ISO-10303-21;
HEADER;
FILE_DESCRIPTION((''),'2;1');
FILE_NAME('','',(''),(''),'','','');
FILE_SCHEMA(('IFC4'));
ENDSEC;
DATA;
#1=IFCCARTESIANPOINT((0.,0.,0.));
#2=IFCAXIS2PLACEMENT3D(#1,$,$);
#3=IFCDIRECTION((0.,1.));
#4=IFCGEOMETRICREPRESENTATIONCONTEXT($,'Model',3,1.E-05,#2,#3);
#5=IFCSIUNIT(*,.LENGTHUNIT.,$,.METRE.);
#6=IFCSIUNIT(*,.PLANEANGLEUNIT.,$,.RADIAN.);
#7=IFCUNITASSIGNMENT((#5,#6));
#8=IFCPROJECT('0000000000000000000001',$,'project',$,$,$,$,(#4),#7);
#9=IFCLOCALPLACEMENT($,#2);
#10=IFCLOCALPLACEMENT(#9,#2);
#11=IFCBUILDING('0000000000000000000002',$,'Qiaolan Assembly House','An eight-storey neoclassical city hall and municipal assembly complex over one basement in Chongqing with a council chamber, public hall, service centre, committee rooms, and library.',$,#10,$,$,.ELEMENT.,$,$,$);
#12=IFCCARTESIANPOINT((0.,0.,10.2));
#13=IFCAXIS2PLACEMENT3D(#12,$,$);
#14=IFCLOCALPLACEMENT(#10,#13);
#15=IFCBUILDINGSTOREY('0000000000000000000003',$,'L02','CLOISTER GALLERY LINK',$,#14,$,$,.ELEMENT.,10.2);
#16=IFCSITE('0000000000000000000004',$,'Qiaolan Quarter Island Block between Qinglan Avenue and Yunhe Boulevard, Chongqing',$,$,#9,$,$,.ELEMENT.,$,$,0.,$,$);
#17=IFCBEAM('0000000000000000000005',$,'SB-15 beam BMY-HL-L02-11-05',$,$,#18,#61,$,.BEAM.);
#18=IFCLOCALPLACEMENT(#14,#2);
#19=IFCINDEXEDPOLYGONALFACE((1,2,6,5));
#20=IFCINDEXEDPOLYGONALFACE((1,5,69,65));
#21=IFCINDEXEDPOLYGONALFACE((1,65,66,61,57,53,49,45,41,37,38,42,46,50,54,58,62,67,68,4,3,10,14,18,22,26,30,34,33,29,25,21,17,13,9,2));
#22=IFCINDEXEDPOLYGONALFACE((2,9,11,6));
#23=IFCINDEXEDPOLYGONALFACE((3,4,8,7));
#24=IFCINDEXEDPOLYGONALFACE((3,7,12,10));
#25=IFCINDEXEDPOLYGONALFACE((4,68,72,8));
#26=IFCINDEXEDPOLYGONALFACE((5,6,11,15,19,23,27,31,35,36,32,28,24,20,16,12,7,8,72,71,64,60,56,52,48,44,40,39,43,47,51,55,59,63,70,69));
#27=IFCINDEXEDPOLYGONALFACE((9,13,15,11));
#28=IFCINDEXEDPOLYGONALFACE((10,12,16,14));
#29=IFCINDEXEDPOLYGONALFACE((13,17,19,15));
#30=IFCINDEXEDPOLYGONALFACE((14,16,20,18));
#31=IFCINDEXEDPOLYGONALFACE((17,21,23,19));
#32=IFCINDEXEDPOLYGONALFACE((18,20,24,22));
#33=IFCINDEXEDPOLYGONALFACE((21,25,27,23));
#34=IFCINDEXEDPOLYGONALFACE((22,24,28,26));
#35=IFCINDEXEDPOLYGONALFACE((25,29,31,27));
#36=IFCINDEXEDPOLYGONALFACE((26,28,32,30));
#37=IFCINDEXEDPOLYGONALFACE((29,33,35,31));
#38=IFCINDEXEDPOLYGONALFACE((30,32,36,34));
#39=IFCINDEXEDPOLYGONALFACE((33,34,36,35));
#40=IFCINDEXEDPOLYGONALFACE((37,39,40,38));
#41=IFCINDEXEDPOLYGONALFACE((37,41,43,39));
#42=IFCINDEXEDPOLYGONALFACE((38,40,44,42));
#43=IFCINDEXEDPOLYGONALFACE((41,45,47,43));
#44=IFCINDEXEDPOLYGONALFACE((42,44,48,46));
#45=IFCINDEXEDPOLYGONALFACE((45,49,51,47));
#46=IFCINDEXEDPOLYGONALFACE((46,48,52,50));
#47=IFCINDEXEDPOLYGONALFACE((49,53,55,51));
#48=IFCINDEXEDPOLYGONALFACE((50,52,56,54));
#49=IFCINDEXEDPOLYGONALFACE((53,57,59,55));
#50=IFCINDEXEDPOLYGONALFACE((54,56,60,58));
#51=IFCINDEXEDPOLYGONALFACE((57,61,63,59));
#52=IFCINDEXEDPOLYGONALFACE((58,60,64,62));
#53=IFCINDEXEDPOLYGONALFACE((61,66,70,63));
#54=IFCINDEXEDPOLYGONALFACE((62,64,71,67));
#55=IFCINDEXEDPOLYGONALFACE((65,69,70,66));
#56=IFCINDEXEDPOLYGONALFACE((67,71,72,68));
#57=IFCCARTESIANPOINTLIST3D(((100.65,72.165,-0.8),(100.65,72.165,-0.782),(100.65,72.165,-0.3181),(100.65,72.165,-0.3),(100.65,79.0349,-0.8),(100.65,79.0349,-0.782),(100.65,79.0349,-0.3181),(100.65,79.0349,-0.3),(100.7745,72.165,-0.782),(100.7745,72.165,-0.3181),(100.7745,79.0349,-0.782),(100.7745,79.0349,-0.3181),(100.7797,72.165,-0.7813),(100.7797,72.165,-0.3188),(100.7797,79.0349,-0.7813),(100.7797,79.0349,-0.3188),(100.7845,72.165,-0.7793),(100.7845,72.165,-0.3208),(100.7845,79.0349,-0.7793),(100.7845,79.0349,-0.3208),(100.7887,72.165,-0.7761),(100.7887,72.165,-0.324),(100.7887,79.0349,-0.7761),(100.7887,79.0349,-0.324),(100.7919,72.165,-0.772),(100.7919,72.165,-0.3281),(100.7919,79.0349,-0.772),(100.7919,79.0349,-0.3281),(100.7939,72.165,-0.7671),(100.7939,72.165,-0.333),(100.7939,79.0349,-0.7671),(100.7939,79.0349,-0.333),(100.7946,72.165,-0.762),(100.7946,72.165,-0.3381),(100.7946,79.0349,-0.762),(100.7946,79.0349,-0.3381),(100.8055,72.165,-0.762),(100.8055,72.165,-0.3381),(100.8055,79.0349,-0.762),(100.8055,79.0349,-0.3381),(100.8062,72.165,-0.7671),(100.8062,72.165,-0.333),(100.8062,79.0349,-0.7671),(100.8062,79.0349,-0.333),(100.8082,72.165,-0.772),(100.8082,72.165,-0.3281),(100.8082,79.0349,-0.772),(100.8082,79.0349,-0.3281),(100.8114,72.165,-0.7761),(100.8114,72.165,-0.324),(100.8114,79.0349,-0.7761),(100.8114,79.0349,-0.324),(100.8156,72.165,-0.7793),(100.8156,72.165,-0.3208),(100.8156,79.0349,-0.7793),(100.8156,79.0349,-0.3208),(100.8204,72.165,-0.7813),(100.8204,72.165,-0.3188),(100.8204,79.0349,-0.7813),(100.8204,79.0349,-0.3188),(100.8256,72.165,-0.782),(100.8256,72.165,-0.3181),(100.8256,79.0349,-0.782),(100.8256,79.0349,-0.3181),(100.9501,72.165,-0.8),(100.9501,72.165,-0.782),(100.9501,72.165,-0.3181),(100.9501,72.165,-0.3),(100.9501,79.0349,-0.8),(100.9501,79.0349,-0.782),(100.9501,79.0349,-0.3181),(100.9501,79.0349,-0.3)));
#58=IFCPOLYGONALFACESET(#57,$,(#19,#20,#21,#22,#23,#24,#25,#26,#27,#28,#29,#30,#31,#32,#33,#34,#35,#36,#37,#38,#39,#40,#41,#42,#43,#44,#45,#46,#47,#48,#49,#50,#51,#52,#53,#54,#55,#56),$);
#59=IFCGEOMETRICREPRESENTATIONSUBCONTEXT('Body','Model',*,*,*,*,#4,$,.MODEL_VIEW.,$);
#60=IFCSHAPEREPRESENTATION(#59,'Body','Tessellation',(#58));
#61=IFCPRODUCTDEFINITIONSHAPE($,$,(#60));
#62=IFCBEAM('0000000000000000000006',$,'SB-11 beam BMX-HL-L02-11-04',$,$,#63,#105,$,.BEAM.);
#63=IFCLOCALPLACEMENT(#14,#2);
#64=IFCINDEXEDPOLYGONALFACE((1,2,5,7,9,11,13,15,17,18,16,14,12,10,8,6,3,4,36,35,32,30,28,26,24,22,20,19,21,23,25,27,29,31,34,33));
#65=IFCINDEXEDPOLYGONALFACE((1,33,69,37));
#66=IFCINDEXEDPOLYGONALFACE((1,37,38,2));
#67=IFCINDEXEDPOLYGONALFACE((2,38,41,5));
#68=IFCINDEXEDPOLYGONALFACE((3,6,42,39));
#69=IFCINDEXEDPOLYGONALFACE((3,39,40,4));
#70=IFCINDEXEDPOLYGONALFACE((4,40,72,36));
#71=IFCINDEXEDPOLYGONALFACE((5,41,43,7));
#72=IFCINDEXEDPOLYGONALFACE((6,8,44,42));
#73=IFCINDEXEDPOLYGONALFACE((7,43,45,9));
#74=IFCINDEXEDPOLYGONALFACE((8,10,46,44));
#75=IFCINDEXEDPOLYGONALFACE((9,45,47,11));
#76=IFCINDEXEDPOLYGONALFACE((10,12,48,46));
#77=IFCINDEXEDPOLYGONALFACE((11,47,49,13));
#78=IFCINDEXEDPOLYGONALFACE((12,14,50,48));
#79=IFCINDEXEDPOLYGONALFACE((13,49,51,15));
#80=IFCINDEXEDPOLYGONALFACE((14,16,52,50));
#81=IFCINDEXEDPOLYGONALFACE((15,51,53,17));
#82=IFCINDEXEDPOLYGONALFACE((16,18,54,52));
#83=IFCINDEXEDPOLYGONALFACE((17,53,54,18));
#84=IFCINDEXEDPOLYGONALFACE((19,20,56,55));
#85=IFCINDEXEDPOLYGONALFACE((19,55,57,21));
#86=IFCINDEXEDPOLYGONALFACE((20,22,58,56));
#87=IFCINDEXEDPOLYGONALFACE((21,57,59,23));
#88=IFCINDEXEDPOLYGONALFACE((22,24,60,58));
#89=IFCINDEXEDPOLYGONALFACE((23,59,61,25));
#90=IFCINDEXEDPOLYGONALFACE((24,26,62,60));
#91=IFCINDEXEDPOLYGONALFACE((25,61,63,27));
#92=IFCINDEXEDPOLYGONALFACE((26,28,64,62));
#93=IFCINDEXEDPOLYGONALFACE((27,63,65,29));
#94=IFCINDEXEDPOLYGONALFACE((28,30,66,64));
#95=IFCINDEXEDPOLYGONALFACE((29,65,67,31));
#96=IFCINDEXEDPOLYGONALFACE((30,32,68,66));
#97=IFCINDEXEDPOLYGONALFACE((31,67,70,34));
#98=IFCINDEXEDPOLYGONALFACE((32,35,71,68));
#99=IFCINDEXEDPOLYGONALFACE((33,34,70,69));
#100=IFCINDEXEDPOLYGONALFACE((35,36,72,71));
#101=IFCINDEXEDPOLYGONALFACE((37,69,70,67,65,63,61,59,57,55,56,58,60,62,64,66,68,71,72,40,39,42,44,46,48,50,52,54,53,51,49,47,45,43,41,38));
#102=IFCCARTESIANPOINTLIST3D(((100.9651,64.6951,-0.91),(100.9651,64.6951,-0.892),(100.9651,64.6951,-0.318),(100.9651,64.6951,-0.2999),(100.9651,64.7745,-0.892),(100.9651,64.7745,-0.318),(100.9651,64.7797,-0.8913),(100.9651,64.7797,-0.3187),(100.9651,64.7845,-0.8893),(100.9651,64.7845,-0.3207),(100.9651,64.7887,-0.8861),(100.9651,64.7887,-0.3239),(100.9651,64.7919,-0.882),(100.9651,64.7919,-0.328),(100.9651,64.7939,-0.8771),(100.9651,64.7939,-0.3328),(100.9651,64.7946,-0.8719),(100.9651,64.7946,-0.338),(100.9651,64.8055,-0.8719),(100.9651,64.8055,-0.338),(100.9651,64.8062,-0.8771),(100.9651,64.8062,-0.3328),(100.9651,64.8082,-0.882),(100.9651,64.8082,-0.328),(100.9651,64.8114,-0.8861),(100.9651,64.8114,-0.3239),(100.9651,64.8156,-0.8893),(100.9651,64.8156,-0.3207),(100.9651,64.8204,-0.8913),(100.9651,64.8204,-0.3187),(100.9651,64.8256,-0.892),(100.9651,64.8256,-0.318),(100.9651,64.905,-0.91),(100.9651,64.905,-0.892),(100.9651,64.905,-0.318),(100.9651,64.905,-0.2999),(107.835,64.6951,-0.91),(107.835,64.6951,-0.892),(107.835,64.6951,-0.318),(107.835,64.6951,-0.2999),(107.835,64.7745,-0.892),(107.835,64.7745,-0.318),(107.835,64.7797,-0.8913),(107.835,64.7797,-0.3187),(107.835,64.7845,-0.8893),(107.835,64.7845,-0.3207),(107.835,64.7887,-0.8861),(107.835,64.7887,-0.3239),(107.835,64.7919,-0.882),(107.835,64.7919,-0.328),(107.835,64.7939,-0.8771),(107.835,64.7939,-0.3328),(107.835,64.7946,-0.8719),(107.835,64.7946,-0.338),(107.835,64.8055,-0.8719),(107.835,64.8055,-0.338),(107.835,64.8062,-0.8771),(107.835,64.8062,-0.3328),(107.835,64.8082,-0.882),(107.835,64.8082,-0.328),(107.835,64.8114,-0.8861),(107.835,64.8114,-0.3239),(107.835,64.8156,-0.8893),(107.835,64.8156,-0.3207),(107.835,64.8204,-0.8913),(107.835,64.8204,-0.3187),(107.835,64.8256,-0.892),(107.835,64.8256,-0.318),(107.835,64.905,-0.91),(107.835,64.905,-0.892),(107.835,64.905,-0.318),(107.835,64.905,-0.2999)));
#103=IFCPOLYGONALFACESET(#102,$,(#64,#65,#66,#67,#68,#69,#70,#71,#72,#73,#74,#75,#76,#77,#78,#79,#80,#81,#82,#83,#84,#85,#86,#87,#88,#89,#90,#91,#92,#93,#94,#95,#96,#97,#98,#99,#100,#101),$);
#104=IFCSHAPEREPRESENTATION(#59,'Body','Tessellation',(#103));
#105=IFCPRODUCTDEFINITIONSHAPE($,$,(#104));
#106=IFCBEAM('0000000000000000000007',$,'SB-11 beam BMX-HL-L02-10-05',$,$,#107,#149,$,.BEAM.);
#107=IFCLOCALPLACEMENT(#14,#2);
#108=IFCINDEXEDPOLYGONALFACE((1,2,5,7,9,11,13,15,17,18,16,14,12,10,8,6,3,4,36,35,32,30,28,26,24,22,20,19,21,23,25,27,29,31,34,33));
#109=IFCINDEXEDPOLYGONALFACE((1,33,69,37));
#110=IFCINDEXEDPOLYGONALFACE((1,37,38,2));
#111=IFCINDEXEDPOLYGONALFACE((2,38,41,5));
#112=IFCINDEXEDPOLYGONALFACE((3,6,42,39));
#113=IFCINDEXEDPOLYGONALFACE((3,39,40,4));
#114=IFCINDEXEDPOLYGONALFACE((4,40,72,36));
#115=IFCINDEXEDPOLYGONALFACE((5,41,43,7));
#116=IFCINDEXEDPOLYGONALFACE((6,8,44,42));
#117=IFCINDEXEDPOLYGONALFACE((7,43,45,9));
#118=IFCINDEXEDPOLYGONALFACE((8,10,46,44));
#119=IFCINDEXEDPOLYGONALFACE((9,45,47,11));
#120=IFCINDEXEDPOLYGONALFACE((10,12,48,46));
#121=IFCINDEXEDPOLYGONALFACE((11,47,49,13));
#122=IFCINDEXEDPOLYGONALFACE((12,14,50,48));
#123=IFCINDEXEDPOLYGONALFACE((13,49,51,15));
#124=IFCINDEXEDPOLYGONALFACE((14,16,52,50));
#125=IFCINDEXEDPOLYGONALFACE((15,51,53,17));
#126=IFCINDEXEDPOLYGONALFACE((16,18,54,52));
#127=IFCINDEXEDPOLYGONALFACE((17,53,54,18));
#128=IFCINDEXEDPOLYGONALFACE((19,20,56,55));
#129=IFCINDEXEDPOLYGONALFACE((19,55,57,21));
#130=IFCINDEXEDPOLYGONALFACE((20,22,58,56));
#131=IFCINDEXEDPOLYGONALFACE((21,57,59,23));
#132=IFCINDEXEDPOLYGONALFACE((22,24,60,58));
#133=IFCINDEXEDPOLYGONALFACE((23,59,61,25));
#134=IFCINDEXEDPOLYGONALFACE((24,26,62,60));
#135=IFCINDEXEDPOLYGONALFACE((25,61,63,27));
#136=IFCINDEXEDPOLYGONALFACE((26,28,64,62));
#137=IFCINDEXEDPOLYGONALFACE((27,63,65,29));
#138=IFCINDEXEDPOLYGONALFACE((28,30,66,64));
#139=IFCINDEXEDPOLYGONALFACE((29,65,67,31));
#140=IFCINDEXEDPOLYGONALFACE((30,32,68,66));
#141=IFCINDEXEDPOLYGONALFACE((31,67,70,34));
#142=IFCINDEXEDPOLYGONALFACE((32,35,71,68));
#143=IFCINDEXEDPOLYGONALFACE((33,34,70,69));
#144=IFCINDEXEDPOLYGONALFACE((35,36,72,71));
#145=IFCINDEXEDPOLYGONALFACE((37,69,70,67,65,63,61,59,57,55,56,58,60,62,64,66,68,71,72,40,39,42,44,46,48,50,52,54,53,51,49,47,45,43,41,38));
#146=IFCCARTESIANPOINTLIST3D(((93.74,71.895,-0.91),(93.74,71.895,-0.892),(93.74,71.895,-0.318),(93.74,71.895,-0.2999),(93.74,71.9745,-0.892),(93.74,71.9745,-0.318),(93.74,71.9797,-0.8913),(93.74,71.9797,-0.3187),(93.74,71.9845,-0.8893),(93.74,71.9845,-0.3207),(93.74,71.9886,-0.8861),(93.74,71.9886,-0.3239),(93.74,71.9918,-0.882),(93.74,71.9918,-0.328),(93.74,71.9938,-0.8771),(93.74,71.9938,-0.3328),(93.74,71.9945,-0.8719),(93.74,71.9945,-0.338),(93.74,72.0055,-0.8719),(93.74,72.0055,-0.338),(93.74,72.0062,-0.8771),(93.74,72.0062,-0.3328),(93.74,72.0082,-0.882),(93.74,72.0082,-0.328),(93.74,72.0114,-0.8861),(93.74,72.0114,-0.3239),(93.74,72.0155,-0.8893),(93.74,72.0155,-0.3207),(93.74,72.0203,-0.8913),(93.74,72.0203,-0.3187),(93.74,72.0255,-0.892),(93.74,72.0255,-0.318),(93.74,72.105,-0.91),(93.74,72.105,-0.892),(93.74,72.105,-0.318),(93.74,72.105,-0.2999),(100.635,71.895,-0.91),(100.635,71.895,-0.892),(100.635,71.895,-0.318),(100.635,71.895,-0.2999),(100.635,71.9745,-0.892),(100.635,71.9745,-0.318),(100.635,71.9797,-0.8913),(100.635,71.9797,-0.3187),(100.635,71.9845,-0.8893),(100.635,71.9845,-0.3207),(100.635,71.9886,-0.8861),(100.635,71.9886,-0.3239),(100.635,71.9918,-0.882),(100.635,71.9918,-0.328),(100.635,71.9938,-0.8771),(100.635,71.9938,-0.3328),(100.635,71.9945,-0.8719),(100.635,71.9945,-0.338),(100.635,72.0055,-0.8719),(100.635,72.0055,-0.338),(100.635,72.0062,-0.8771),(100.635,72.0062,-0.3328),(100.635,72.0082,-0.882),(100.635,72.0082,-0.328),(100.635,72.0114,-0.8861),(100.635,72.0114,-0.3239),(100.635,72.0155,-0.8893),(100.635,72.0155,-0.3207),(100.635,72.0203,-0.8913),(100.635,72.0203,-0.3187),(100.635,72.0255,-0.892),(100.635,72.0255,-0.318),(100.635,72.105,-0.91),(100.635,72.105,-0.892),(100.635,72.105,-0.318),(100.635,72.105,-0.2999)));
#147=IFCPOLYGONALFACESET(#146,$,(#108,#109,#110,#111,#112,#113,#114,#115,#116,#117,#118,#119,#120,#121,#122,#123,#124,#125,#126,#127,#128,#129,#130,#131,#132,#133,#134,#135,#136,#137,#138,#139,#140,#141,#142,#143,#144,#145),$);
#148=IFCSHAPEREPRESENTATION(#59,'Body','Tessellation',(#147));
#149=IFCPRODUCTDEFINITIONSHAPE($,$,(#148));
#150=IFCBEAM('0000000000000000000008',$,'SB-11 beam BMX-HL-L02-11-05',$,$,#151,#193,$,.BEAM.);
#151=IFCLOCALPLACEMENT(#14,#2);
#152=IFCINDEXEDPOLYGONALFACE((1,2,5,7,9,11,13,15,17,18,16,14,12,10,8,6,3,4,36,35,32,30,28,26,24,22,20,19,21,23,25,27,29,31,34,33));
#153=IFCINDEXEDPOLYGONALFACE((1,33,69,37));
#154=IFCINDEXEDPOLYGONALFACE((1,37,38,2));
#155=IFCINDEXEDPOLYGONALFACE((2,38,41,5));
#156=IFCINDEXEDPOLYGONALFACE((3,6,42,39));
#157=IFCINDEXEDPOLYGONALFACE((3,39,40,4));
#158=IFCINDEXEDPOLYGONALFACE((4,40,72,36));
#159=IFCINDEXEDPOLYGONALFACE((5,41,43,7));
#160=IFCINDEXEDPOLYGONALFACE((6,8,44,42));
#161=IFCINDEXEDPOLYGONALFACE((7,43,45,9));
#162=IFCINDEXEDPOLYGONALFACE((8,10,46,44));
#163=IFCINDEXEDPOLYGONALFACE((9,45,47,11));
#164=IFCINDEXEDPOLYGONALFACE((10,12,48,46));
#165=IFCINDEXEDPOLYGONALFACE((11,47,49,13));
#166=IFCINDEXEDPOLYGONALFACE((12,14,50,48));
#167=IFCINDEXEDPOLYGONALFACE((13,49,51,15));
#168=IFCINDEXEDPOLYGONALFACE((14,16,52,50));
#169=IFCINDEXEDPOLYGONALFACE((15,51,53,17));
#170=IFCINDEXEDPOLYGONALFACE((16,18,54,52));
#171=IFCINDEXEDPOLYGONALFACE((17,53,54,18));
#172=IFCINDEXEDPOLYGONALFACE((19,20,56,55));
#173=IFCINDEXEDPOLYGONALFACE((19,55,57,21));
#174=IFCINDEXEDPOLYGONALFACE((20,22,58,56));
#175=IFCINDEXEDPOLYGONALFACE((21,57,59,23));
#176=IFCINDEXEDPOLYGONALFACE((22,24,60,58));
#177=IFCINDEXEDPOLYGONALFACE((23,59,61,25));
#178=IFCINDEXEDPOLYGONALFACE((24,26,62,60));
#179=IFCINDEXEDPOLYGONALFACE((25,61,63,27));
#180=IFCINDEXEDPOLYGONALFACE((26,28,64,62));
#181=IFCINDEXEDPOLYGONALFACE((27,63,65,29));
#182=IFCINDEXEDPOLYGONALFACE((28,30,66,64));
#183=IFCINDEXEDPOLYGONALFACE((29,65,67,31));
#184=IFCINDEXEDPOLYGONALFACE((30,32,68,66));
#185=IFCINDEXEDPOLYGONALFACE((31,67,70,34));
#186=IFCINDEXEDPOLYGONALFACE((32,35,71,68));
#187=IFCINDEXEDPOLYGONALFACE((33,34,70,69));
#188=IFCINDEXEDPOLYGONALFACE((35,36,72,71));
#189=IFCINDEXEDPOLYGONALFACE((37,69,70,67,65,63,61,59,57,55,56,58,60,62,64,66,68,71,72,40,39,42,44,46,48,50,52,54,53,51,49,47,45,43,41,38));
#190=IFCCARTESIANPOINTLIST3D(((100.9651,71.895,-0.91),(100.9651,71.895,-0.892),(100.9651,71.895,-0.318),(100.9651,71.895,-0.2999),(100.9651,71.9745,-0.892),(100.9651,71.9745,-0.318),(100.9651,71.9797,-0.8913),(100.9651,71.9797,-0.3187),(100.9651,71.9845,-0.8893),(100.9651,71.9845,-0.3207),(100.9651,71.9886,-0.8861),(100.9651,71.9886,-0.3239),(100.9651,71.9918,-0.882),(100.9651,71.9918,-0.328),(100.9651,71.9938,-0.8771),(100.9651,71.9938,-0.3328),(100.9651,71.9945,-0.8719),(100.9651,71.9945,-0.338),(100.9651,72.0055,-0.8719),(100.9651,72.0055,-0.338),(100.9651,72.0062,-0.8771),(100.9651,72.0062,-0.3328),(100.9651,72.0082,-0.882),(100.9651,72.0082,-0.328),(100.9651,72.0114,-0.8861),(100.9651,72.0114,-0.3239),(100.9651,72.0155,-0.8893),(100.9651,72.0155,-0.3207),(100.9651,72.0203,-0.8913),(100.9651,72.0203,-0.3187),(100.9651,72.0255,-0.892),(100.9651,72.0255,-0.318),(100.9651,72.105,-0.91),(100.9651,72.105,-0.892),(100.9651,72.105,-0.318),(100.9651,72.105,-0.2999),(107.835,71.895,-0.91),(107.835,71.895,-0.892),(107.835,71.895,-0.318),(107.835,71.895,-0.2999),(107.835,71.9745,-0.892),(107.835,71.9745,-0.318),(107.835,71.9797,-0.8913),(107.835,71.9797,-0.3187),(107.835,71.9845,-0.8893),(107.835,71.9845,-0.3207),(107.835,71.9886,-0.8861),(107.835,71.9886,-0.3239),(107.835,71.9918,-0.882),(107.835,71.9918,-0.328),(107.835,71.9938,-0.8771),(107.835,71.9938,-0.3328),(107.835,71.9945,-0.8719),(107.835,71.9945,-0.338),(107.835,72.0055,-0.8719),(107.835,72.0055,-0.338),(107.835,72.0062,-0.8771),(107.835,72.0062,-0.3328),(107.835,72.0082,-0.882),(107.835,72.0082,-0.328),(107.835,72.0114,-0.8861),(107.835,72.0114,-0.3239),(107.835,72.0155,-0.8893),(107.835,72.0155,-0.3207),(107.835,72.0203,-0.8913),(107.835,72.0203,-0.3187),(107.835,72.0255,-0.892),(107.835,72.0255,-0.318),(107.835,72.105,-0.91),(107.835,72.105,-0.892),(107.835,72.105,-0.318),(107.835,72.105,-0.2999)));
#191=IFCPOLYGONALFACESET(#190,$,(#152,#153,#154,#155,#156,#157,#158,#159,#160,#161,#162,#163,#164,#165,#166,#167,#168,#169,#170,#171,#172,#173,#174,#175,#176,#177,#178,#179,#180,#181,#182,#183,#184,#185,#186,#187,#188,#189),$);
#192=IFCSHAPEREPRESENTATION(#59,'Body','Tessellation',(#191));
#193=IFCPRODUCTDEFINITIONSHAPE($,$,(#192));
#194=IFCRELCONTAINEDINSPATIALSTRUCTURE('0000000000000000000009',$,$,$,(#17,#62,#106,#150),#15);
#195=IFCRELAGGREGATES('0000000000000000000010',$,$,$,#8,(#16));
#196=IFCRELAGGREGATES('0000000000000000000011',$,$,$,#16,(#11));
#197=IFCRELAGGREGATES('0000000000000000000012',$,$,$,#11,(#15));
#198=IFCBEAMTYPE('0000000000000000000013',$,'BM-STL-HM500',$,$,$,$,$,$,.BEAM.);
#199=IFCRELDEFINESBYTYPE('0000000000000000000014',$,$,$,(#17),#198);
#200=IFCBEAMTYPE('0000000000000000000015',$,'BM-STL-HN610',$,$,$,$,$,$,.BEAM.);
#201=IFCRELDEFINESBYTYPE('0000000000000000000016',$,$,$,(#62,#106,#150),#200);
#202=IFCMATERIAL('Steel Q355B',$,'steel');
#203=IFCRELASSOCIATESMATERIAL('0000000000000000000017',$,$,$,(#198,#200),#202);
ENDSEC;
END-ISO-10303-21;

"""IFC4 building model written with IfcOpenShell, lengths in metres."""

from ifc_helpers import new_model, si_unit, direction, frame, origin, origin_2d, place, context, subcontext, project, spatial, i_section, extrude, material, material_profile, profile_set, type_object, element, save


model = new_model("IFC4")

# Units and contexts
model_context = context("Model", 3, precision=1e-05, world=origin(), true_north=direction((0.0, 1.0)))
body_context = subcontext(model_context, "Body", "Model", "MODEL_VIEW")
ifc_project = project(units=[si_unit("LENGTHUNIT", "METRE"), si_unit("PLANEANGLEUNIT", "RADIAN")], contexts=[model_context])

# Site, building, storey
site_placement = place(None, origin())
site = spatial("IfcSite", under=ifc_project, at=site_placement, Name="Qiaolan Quarter Island Block between Qinglan Avenue and Yunhe Boulevard, Chongqing", CompositionType="ELEMENT", RefElevation=0.0)
building_placement = place(site_placement, origin())
building = spatial("IfcBuilding", under=site, at=building_placement, Name="Qiaolan Assembly House", Description="An eight-storey neoclassical city hall and municipal assembly complex over one basement in Chongqing with a council chamber, public hall, service centre, committee rooms, and library.", CompositionType="ELEMENT")
storey_placement = place(building_placement, frame((0.0, 0.0, 10.2)))
storey = spatial("IfcBuildingStorey", under=building, at=storey_placement, Name="L02", Description="CLOISTER GALLERY LINK", CompositionType="ELEMENT", Elevation=10.2)

# Shared definitions
ifc_material = material(Name="Steel Q355B", Category="steel")

# Beams
ifc_material_profile_1 = material_profile(ifc_material, i_section(OverallWidth=0.3, OverallDepth=0.5, WebThickness=0.011, FlangeThickness=0.0181, FilletRadius=0.02, at=origin_2d()), Name="HM 500x300x11x18")
ifc_profile_set_1 = profile_set([ifc_material_profile_1], Name="Steel Q355B")
beam_type_1 = type_object("IfcBeamType", Name="BM-STL-HM500", PredefinedType="BEAM", material=ifc_profile_set_1)
for number, where, z_axis, x_axis, name in (
    (1, (100.8, 72.165, -0.55), (0.0, 1.0, 0.0), (-1.0, 0.0, 0.0), "SB-15 beam BMY-HL-L02-11-05"),
):
    element("IfcBeam", number, at=place(storey_placement, frame(where, z_axis=z_axis, x_axis=x_axis)), inside=storey, type_object=beam_type_1, Name=name, PredefinedType="BEAM", context=body_context, shape_type="SweptSolid", body=[
        extrude(i_section(OverallWidth=0.3, OverallDepth=0.5, WebThickness=0.011, FlangeThickness=0.0181, FilletRadius=0.02, at=origin_2d()), origin(), (0.0, 0.0, 1.0), 6.8699),
    ])
ifc_material_profile_2 = material_profile(ifc_material, i_section(OverallWidth=0.21, OverallDepth=0.6101, WebThickness=0.011, FlangeThickness=0.0181, FilletRadius=0.02, at=origin_2d()), Name="HN 610x210x11x18")
ifc_profile_set_2 = profile_set([ifc_material_profile_2], Name="Steel Q355B")
beam_type_2 = type_object("IfcBeamType", Name="BM-STL-HN610", PredefinedType="BEAM", material=ifc_profile_set_2)
beam_1_placement = place(storey_placement, frame((100.9651, 64.8, -0.605), z_axis=(1.0, 0.0, 0.0), x_axis=(0.0, 1.0, 0.0)))
element("IfcBeam", 2, at=beam_1_placement, inside=storey, type_object=beam_type_2, Name="SB-11 beam BMX-HL-L02-11-04", PredefinedType="BEAM", context=body_context, shape_type="SweptSolid", body=[
    extrude(i_section(OverallWidth=0.21, OverallDepth=0.6101, WebThickness=0.011, FlangeThickness=0.0181, FilletRadius=0.02, at=origin_2d()), origin(), (0.0, 0.0, 1.0), 6.8699),
])
beam_2_placement = place(storey_placement, frame((93.74, 72.0, -0.605), z_axis=(1.0, 0.0, 0.0), x_axis=(0.0, 1.0, 0.0)))
element("IfcBeam", 3, at=beam_2_placement, inside=storey, type_object=beam_type_2, Name="SB-11 beam BMX-HL-L02-10-05", PredefinedType="BEAM", context=body_context, shape_type="SweptSolid", body=[
    extrude(i_section(OverallWidth=0.21, OverallDepth=0.6101, WebThickness=0.011, FlangeThickness=0.0181, FilletRadius=0.02, at=origin_2d()), origin(), (0.0, 0.0, 1.0), 6.895),
])
beam_3_placement = place(storey_placement, frame((100.9651, 72.0, -0.605), z_axis=(1.0, 0.0, 0.0), x_axis=(0.0, 1.0, 0.0)))
element("IfcBeam", 4, at=beam_3_placement, inside=storey, type_object=beam_type_2, Name="SB-11 beam BMX-HL-L02-11-05", PredefinedType="BEAM", context=body_context, shape_type="SweptSolid", body=[
    extrude(i_section(OverallWidth=0.21, OverallDepth=0.6101, WebThickness=0.011, FlangeThickness=0.0181, FilletRadius=0.02, at=origin_2d()), origin(), (0.0, 0.0, 1.0), 6.8699),
])

save(model, "model.ifc")
